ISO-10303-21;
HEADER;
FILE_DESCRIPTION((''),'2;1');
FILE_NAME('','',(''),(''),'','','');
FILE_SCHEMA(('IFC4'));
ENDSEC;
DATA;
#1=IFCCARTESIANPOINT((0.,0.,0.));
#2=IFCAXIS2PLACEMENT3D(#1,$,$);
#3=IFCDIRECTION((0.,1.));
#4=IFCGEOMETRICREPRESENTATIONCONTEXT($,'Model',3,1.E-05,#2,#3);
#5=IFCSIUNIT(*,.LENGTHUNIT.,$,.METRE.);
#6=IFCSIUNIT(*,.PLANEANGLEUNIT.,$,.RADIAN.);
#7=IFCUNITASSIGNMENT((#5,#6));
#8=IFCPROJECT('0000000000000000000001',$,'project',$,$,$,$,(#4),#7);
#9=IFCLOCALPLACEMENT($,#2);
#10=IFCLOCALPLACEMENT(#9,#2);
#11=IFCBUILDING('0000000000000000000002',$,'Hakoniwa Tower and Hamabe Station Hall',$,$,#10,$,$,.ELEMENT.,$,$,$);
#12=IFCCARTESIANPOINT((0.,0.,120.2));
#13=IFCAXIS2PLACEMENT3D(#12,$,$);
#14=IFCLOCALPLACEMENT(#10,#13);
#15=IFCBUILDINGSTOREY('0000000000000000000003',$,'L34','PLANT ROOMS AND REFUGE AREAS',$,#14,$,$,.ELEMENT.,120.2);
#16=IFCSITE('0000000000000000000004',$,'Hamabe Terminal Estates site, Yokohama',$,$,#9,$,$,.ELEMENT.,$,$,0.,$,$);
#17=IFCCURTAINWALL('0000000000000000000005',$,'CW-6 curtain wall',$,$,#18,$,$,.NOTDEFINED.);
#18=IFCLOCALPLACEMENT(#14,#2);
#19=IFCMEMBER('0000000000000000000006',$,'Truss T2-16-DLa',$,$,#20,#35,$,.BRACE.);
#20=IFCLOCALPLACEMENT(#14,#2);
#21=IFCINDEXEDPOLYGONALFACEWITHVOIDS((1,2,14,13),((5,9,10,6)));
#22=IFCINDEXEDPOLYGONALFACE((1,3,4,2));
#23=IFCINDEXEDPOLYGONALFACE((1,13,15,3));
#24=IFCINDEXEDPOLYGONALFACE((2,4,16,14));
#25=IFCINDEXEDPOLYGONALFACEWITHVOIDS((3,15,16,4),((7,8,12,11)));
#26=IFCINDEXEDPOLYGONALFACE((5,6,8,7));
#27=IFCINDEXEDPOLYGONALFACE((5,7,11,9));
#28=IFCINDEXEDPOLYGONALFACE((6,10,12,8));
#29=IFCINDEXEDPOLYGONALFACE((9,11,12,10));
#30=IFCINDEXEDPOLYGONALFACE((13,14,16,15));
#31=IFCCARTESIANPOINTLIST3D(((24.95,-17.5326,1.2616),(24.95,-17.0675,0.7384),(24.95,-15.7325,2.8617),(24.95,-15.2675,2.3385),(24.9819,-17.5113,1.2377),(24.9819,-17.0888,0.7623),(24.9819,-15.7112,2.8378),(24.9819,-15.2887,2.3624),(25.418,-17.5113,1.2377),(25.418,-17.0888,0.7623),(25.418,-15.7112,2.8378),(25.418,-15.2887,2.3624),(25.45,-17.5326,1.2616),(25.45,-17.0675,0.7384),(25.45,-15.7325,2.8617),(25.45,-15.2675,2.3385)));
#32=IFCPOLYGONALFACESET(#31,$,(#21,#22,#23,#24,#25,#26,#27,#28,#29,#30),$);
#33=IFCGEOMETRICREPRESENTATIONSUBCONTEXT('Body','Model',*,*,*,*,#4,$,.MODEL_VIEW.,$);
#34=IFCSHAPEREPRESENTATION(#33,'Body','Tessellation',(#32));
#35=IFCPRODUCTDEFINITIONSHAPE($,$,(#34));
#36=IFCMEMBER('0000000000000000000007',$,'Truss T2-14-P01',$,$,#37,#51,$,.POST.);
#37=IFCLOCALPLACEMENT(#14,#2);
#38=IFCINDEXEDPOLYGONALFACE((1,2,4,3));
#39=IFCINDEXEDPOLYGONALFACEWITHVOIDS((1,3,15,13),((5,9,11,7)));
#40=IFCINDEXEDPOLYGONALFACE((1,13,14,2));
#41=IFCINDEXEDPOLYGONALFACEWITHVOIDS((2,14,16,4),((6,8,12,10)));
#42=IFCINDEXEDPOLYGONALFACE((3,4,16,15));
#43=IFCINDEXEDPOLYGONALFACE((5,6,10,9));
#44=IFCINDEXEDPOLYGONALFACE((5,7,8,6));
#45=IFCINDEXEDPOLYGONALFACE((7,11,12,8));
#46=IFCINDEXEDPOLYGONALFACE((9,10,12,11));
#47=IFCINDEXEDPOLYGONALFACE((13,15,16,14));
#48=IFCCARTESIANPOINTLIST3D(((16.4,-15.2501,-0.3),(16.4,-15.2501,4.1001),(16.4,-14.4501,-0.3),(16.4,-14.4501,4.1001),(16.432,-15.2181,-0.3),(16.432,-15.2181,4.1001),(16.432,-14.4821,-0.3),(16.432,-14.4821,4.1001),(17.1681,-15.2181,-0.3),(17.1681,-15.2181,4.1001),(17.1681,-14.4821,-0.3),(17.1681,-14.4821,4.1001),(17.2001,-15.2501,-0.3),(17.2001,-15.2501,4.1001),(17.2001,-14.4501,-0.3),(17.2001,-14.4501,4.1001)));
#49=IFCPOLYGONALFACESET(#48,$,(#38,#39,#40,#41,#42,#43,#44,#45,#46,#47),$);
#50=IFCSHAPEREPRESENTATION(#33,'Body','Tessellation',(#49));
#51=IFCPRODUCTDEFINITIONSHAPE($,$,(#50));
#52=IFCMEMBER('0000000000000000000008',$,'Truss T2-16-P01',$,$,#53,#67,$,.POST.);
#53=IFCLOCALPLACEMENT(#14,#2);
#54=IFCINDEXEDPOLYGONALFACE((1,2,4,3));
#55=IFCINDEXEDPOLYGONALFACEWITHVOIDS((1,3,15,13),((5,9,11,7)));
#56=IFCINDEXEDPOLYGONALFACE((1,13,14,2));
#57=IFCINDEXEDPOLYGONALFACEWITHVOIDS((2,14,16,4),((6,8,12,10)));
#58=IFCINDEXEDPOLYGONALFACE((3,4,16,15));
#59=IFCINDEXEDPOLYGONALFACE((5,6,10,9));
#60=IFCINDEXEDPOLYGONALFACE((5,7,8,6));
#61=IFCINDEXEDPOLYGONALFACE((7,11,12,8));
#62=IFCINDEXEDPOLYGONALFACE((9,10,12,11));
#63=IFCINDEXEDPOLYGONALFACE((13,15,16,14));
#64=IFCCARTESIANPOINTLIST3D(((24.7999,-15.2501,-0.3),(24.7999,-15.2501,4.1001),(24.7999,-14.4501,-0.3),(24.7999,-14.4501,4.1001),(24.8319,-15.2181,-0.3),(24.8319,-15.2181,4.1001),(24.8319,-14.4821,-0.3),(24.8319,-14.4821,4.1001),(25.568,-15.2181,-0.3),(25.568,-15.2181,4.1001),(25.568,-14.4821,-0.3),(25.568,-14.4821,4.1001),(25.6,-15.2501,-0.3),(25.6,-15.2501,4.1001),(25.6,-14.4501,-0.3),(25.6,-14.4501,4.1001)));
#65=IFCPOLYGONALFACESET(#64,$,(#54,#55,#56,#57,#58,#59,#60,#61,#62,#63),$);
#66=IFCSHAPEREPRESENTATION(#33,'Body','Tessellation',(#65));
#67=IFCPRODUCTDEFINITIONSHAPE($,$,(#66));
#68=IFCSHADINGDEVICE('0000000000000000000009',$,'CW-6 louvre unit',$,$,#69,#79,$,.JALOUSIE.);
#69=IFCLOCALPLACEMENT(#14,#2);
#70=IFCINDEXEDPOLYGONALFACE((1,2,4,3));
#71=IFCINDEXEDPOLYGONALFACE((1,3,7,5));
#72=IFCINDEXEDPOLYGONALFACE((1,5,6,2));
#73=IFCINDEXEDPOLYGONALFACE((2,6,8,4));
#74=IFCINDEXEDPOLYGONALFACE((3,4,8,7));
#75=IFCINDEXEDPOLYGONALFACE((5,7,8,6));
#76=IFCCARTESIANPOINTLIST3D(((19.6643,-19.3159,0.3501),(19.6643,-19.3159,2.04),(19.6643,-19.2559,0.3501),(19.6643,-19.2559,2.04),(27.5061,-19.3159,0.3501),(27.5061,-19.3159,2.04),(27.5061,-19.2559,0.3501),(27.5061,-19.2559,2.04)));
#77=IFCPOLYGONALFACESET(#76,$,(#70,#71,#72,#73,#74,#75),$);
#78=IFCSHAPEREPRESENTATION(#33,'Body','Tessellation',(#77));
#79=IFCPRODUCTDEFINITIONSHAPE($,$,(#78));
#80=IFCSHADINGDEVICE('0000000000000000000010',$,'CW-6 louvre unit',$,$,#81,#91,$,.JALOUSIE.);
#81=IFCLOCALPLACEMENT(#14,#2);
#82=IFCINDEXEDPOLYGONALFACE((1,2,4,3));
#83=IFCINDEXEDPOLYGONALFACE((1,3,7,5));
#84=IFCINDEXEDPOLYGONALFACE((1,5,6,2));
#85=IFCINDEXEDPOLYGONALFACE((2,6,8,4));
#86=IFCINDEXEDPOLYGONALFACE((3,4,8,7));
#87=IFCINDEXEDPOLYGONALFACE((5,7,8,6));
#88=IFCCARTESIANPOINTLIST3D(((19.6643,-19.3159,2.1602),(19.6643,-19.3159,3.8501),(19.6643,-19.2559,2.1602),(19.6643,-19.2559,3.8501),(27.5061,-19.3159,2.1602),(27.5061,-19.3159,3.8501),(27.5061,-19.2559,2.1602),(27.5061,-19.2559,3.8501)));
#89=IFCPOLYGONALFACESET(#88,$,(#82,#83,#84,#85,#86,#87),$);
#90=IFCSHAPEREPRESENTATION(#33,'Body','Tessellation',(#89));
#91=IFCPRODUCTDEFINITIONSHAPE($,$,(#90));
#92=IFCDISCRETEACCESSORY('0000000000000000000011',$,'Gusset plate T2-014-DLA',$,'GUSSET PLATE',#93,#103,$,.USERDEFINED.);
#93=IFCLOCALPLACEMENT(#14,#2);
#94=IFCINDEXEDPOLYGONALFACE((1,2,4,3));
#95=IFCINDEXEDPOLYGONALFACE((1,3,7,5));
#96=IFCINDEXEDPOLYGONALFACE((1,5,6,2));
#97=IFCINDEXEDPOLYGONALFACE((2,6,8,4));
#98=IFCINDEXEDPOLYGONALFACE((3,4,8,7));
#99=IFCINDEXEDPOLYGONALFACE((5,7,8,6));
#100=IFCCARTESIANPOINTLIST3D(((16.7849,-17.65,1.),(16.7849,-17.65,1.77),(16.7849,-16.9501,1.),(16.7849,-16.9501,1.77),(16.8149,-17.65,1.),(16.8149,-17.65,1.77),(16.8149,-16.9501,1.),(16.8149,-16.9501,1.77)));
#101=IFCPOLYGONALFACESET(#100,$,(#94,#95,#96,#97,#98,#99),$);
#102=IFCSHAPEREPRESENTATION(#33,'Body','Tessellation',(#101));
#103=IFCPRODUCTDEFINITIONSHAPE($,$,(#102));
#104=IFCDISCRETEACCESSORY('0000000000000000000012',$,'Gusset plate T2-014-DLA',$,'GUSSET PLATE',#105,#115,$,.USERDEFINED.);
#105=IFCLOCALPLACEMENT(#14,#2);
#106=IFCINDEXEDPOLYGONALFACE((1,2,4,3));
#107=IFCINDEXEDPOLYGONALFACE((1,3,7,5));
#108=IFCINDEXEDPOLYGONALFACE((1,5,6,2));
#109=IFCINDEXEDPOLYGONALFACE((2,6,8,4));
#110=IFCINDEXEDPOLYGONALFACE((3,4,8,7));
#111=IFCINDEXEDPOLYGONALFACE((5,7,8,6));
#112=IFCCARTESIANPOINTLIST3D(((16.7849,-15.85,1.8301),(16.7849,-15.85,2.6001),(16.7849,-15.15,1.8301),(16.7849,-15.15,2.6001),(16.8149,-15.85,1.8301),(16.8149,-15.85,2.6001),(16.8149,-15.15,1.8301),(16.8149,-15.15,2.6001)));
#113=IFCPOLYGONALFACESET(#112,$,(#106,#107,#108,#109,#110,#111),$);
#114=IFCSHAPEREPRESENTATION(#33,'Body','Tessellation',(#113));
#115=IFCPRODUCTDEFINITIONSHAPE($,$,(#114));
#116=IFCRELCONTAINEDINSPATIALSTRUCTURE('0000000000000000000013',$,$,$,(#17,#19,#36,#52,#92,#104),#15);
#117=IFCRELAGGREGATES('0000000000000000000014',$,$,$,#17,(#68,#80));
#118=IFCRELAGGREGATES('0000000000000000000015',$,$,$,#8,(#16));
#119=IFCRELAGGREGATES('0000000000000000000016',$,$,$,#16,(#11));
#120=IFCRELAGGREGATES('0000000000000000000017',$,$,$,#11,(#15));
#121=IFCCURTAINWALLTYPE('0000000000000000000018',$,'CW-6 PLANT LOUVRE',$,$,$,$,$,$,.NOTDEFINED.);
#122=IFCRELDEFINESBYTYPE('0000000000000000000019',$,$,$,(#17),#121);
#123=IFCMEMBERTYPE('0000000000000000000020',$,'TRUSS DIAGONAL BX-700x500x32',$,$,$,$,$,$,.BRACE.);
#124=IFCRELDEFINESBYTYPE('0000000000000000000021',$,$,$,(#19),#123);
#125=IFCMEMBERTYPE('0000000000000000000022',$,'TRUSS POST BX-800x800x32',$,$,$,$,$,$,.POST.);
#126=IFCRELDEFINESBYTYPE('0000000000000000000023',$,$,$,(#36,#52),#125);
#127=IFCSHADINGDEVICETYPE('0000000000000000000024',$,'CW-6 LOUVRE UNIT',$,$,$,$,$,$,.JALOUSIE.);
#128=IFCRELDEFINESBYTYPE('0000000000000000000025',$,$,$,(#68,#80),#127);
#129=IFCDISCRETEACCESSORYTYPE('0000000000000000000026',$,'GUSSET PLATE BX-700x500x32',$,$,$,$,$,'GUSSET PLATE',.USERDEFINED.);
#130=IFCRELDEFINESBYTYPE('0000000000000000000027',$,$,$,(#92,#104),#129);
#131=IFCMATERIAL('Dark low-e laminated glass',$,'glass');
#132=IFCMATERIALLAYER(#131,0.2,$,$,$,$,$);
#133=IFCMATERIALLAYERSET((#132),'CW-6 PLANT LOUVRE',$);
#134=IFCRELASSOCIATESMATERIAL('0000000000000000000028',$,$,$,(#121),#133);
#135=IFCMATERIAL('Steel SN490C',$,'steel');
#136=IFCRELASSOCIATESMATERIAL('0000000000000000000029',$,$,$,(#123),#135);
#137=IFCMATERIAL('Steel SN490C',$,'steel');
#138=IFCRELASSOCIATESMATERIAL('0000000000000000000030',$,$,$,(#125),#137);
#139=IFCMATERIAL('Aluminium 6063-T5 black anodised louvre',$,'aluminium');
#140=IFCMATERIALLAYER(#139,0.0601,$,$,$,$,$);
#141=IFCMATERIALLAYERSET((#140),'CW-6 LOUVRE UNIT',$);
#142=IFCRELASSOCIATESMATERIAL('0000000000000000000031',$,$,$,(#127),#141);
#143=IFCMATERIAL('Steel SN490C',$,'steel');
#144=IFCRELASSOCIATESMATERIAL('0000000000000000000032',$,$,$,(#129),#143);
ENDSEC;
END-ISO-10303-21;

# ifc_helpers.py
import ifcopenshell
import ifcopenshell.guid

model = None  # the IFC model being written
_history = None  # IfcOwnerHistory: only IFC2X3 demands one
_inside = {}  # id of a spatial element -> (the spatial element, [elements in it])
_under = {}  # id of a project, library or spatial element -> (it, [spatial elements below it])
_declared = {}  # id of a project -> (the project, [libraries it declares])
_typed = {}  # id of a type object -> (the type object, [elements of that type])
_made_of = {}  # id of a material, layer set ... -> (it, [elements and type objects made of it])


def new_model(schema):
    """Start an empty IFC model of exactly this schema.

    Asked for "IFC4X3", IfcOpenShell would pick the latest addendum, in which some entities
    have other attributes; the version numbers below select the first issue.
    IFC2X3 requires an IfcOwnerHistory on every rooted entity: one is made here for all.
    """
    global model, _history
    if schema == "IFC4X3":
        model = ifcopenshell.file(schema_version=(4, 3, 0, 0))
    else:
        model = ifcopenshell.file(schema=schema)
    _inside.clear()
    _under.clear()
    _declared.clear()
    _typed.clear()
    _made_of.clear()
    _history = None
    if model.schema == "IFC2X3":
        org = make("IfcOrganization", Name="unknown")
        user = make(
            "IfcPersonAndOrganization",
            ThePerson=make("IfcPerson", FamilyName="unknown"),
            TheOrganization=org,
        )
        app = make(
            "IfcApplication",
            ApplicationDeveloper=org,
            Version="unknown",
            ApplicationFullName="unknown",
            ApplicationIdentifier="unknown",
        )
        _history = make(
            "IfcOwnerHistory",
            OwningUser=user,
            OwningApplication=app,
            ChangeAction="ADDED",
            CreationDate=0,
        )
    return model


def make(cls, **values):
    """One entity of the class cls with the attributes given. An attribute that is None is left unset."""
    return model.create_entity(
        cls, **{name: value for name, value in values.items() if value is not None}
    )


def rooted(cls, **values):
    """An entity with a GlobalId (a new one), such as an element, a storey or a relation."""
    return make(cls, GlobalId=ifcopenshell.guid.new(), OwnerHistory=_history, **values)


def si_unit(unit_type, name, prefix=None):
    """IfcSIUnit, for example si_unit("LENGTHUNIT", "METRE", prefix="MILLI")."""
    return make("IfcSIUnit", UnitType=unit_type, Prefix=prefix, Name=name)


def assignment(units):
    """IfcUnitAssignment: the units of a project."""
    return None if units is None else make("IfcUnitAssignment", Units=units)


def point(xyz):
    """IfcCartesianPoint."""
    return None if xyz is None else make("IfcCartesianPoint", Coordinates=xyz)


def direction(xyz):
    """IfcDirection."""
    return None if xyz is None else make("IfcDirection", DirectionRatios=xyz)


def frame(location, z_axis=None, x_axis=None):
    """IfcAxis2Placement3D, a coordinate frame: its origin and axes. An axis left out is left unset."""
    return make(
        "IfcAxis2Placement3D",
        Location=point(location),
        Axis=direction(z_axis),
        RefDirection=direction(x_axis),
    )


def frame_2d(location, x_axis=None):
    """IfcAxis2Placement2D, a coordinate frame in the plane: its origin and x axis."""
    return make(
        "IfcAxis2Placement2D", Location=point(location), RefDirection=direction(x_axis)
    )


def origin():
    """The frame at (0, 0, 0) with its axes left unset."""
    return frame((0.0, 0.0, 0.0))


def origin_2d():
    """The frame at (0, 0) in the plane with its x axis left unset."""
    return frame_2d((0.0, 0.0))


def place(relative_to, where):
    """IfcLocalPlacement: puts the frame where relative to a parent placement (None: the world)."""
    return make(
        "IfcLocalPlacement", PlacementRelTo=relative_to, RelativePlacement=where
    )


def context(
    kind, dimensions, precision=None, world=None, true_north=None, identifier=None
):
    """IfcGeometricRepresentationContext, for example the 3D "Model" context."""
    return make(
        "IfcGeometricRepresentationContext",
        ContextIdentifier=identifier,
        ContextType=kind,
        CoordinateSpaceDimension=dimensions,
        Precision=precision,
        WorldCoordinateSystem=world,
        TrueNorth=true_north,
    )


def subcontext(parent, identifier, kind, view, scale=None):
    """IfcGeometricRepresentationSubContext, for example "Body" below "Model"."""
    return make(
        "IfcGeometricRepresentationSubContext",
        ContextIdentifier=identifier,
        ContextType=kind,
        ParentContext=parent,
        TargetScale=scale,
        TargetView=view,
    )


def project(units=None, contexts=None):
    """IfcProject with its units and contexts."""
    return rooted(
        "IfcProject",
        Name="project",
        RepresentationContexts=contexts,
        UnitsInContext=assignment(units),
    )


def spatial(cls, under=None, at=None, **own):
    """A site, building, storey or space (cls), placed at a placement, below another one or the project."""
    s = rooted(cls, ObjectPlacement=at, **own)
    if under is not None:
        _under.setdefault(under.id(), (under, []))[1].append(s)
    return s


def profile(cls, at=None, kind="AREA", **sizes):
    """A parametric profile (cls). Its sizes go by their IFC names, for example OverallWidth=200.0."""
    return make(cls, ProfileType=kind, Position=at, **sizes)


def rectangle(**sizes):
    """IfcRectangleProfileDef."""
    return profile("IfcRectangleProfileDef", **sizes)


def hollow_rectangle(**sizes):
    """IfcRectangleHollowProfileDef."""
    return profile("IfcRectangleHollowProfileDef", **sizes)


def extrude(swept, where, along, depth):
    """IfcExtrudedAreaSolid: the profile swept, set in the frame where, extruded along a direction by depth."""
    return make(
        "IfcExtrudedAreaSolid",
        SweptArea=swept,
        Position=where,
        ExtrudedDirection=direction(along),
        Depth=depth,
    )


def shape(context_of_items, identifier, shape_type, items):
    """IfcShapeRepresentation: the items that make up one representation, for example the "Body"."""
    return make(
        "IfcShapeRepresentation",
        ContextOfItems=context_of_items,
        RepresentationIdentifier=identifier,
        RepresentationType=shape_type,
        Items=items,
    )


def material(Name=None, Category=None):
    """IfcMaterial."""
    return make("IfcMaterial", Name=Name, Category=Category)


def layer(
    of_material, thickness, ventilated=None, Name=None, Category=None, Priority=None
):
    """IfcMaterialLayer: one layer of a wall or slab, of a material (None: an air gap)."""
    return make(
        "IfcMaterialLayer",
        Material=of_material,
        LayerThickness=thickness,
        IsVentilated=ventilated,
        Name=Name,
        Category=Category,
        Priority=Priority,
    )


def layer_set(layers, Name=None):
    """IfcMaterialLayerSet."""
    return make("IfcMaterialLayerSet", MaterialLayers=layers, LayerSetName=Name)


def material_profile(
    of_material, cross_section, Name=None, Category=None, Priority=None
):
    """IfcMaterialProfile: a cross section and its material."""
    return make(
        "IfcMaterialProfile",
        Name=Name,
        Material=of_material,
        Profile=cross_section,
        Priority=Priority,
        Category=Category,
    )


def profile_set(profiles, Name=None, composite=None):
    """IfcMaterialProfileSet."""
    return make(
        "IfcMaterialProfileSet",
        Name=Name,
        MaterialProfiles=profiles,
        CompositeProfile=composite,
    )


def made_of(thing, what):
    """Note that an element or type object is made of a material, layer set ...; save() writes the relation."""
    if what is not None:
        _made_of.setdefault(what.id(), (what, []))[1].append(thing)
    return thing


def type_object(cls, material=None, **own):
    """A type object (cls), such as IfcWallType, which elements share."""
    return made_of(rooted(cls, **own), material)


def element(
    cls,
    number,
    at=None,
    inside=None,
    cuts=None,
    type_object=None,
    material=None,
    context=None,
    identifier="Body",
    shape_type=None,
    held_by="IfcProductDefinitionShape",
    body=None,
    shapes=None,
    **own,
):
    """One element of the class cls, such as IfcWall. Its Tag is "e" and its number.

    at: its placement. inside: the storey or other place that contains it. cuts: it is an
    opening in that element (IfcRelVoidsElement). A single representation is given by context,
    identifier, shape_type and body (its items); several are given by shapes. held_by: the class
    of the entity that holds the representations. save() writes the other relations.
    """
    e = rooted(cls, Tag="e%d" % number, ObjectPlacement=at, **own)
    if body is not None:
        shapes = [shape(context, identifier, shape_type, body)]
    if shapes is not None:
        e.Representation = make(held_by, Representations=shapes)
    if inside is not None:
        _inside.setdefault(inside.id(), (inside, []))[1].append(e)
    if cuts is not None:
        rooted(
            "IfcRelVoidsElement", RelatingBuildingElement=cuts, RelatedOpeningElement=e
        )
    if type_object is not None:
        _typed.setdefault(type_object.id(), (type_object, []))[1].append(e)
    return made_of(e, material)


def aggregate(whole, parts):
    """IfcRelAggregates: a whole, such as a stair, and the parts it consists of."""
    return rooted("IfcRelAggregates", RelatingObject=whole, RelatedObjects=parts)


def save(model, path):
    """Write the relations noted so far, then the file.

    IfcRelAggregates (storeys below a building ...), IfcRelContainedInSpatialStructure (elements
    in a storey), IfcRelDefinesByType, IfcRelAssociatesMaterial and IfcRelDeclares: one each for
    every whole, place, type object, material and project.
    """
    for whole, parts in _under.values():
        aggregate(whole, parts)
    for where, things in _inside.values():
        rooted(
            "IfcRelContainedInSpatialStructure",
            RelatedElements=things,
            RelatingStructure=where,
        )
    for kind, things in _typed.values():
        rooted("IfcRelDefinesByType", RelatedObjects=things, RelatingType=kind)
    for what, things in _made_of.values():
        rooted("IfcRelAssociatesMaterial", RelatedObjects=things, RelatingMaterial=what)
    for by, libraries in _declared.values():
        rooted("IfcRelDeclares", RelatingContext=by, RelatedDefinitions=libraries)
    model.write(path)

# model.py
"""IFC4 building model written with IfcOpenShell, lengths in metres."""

from ifc_helpers import new_model, si_unit, direction, frame, origin, origin_2d, place, context, subcontext, project, spatial, rectangle, hollow_rectangle, extrude, material, layer, layer_set, material_profile, profile_set, type_object, element, aggregate, save


model = new_model("IFC4")

# Units and contexts
model_context = context("Model", 3, precision=1e-05, world=origin(), true_north=direction((0.0, 1.0)))
body_context = subcontext(model_context, "Body", "Model", "MODEL_VIEW")
ifc_project = project(units=[si_unit("LENGTHUNIT", "METRE"), si_unit("PLANEANGLEUNIT", "RADIAN")], contexts=[model_context])

# Site, building, storey
site_placement = place(None, origin())
site = spatial("IfcSite", under=ifc_project, at=site_placement, Name="Hamabe Terminal Estates site, Yokohama", CompositionType="ELEMENT", RefElevation=0.0)
building_placement = place(site_placement, origin())
building = spatial("IfcBuilding", under=site, at=building_placement, Name="Hakoniwa Tower and Hamabe Station Hall", CompositionType="ELEMENT")
storey_placement = place(building_placement, frame((0.0, 0.0, 120.2)))
storey = spatial("IfcBuildingStorey", under=building, at=storey_placement, Name="L34", Description="PLANT ROOMS AND REFUGE AREAS", CompositionType="ELEMENT", Elevation=120.2)

# Curtain wall
ifc_material_1 = material(Name="Dark low-e laminated glass", Category="glass")
ifc_layer_1 = layer(ifc_material_1, 0.2)
ifc_layer_set_1 = layer_set([ifc_layer_1], Name="CW-6 PLANT LOUVRE")
curtain_wall_type = type_object("IfcCurtainWallType", Name="CW-6 PLANT LOUVRE", PredefinedType="NOTDEFINED", material=ifc_layer_set_1)
curtain_wall_placement = place(storey_placement, origin())
curtain_wall = element("IfcCurtainWall", 1, at=curtain_wall_placement, inside=storey, type_object=curtain_wall_type, Name="CW-6 curtain wall", PredefinedType="NOTDEFINED")

# Members
ifc_material_2 = material(Name="Steel SN490C", Category="steel")
ifc_material_profile_1 = material_profile(ifc_material_2, hollow_rectangle(XDim=0.5, YDim=0.7, WallThickness=0.032, at=origin_2d()), Name="BX-700x500x32")
ifc_profile_set_1 = profile_set([ifc_material_profile_1], Name="Steel SN490C")
member_type_1 = type_object("IfcMemberType", Name="TRUSS DIAGONAL BX-700x500x32", PredefinedType="BRACE", material=ifc_profile_set_1)
for number, where, z_axis, x_axis, name in (
    (2, (25.2, -17.3, 1.0), (0.0, 0.747398, 0.664376), (-1.0, 0.0, 0.0), "Truss T2-16-DLa"),
):
    element("IfcMember", number, at=place(storey_placement, frame(where, z_axis=z_axis, x_axis=x_axis)), inside=storey, type_object=member_type_1, Name=name, PredefinedType="BRACE", context=body_context, shape_type="SweptSolid", body=[
        extrude(hollow_rectangle(XDim=0.5, YDim=0.7, WallThickness=0.032, at=origin_2d()), origin(), (0.0, 0.0, 1.0), 2.4084),
    ])
ifc_material_3 = material(Name="Steel SN490C", Category="steel")
ifc_material_profile_2 = material_profile(ifc_material_3, hollow_rectangle(XDim=0.8, YDim=0.8, WallThickness=0.032, at=origin_2d()), Name="BX-800x800x32")
ifc_profile_set_2 = profile_set([ifc_material_profile_2], Name="Steel SN490C")
member_type_2 = type_object("IfcMemberType", Name="TRUSS POST BX-800x800x32", PredefinedType="POST", material=ifc_profile_set_2)
for number, where, z_axis, x_axis, name in (
    (3, (16.8, -14.8501, -0.3), (0.0, 0.0, 1.0), (1.0, 0.0, 0.0), "Truss T2-14-P01"),
    (4, (25.2, -14.8501, -0.3), (0.0, 0.0, 1.0), (1.0, 0.0, 0.0), "Truss T2-16-P01"),
):
    element("IfcMember", number, at=place(storey_placement, frame(where, z_axis=z_axis, x_axis=x_axis)), inside=storey, type_object=member_type_2, Name=name, PredefinedType="POST", context=body_context, shape_type="SweptSolid", body=[
        extrude(hollow_rectangle(XDim=0.8, YDim=0.8, WallThickness=0.032, at=origin_2d()), origin(), (0.0, 0.0, 1.0), 4.4001),
    ])

# Shading devices
ifc_material_4 = material(Name="Aluminium 6063-T5 black anodised louvre", Category="aluminium")
ifc_layer_2 = layer(ifc_material_4, 0.0601)
ifc_layer_set_2 = layer_set([ifc_layer_2], Name="CW-6 LOUVRE UNIT")
shading_device_type = type_object("IfcShadingDeviceType", Name="CW-6 LOUVRE UNIT", PredefinedType="JALOUSIE", material=ifc_layer_set_2)
shading_device_1_placement = place(storey_placement, frame((23.5852, -19.2859, 0.3501), z_axis=(0.0, 0.0, 1.0), x_axis=(1.0, 0.0, 0.0)))
shading_device_1 = element("IfcShadingDevice", 5, at=shading_device_1_placement, type_object=shading_device_type, Name="CW-6 louvre unit", PredefinedType="JALOUSIE", context=body_context, shape_type="SweptSolid", body=[
    extrude(rectangle(XDim=7.8418, YDim=0.0601, at=origin_2d()), origin(), (0.0, 0.0, 1.0), 1.6899),
])
shading_device_2_placement = place(storey_placement, frame((23.5852, -19.2859, 2.1602), z_axis=(0.0, 0.0, 1.0), x_axis=(1.0, 0.0, 0.0)))
shading_device_2 = element("IfcShadingDevice", 6, at=shading_device_2_placement, type_object=shading_device_type, Name="CW-6 louvre unit", PredefinedType="JALOUSIE", context=body_context, shape_type="SweptSolid", body=[
    extrude(rectangle(XDim=7.8418, YDim=0.0601, at=origin_2d()), origin(), (0.0, 0.0, 1.0), 1.6899),
])
aggregate(curtain_wall, [shading_device_1, shading_device_2])

# Discrete accessories
ifc_material_5 = material(Name="Steel SN490C", Category="steel")
ifc_material_profile_3 = material_profile(ifc_material_5, rectangle(XDim=0.7, YDim=0.77, at=origin_2d()), Name="GUSSET PLATE BX-700x500x32")
ifc_profile_set_3 = profile_set([ifc_material_profile_3], Name="Steel SN490C")
discrete_accessory_type = type_object("IfcDiscreteAccessoryType", Name="GUSSET PLATE BX-700x500x32", ElementType="GUSSET PLATE", PredefinedType="USERDEFINED", material=ifc_profile_set_3)
for number, where, z_axis, x_axis, name in (
    (7, (16.8149, -17.3, 1.385), (-1.0, 0.0, 0.0), (0.0, -1.0, 0.0), "Gusset plate T2-014-DLA"),
    (8, (16.8149, -15.5, 2.2151), (-1.0, 0.0, 0.0), (0.0, -1.0, 0.0), "Gusset plate T2-014-DLA"),
):
    element("IfcDiscreteAccessory", number, at=place(storey_placement, frame(where, z_axis=z_axis, x_axis=x_axis)), inside=storey, type_object=discrete_accessory_type, Name=name, ObjectType="GUSSET PLATE", PredefinedType="USERDEFINED", context=body_context, shape_type="SweptSolid", body=[
        extrude(rectangle(XDim=0.7, YDim=0.77, at=origin_2d()), origin(), (0.0, 0.0, 1.0), 0.03),
    ])

save(model, "model.ifc")
